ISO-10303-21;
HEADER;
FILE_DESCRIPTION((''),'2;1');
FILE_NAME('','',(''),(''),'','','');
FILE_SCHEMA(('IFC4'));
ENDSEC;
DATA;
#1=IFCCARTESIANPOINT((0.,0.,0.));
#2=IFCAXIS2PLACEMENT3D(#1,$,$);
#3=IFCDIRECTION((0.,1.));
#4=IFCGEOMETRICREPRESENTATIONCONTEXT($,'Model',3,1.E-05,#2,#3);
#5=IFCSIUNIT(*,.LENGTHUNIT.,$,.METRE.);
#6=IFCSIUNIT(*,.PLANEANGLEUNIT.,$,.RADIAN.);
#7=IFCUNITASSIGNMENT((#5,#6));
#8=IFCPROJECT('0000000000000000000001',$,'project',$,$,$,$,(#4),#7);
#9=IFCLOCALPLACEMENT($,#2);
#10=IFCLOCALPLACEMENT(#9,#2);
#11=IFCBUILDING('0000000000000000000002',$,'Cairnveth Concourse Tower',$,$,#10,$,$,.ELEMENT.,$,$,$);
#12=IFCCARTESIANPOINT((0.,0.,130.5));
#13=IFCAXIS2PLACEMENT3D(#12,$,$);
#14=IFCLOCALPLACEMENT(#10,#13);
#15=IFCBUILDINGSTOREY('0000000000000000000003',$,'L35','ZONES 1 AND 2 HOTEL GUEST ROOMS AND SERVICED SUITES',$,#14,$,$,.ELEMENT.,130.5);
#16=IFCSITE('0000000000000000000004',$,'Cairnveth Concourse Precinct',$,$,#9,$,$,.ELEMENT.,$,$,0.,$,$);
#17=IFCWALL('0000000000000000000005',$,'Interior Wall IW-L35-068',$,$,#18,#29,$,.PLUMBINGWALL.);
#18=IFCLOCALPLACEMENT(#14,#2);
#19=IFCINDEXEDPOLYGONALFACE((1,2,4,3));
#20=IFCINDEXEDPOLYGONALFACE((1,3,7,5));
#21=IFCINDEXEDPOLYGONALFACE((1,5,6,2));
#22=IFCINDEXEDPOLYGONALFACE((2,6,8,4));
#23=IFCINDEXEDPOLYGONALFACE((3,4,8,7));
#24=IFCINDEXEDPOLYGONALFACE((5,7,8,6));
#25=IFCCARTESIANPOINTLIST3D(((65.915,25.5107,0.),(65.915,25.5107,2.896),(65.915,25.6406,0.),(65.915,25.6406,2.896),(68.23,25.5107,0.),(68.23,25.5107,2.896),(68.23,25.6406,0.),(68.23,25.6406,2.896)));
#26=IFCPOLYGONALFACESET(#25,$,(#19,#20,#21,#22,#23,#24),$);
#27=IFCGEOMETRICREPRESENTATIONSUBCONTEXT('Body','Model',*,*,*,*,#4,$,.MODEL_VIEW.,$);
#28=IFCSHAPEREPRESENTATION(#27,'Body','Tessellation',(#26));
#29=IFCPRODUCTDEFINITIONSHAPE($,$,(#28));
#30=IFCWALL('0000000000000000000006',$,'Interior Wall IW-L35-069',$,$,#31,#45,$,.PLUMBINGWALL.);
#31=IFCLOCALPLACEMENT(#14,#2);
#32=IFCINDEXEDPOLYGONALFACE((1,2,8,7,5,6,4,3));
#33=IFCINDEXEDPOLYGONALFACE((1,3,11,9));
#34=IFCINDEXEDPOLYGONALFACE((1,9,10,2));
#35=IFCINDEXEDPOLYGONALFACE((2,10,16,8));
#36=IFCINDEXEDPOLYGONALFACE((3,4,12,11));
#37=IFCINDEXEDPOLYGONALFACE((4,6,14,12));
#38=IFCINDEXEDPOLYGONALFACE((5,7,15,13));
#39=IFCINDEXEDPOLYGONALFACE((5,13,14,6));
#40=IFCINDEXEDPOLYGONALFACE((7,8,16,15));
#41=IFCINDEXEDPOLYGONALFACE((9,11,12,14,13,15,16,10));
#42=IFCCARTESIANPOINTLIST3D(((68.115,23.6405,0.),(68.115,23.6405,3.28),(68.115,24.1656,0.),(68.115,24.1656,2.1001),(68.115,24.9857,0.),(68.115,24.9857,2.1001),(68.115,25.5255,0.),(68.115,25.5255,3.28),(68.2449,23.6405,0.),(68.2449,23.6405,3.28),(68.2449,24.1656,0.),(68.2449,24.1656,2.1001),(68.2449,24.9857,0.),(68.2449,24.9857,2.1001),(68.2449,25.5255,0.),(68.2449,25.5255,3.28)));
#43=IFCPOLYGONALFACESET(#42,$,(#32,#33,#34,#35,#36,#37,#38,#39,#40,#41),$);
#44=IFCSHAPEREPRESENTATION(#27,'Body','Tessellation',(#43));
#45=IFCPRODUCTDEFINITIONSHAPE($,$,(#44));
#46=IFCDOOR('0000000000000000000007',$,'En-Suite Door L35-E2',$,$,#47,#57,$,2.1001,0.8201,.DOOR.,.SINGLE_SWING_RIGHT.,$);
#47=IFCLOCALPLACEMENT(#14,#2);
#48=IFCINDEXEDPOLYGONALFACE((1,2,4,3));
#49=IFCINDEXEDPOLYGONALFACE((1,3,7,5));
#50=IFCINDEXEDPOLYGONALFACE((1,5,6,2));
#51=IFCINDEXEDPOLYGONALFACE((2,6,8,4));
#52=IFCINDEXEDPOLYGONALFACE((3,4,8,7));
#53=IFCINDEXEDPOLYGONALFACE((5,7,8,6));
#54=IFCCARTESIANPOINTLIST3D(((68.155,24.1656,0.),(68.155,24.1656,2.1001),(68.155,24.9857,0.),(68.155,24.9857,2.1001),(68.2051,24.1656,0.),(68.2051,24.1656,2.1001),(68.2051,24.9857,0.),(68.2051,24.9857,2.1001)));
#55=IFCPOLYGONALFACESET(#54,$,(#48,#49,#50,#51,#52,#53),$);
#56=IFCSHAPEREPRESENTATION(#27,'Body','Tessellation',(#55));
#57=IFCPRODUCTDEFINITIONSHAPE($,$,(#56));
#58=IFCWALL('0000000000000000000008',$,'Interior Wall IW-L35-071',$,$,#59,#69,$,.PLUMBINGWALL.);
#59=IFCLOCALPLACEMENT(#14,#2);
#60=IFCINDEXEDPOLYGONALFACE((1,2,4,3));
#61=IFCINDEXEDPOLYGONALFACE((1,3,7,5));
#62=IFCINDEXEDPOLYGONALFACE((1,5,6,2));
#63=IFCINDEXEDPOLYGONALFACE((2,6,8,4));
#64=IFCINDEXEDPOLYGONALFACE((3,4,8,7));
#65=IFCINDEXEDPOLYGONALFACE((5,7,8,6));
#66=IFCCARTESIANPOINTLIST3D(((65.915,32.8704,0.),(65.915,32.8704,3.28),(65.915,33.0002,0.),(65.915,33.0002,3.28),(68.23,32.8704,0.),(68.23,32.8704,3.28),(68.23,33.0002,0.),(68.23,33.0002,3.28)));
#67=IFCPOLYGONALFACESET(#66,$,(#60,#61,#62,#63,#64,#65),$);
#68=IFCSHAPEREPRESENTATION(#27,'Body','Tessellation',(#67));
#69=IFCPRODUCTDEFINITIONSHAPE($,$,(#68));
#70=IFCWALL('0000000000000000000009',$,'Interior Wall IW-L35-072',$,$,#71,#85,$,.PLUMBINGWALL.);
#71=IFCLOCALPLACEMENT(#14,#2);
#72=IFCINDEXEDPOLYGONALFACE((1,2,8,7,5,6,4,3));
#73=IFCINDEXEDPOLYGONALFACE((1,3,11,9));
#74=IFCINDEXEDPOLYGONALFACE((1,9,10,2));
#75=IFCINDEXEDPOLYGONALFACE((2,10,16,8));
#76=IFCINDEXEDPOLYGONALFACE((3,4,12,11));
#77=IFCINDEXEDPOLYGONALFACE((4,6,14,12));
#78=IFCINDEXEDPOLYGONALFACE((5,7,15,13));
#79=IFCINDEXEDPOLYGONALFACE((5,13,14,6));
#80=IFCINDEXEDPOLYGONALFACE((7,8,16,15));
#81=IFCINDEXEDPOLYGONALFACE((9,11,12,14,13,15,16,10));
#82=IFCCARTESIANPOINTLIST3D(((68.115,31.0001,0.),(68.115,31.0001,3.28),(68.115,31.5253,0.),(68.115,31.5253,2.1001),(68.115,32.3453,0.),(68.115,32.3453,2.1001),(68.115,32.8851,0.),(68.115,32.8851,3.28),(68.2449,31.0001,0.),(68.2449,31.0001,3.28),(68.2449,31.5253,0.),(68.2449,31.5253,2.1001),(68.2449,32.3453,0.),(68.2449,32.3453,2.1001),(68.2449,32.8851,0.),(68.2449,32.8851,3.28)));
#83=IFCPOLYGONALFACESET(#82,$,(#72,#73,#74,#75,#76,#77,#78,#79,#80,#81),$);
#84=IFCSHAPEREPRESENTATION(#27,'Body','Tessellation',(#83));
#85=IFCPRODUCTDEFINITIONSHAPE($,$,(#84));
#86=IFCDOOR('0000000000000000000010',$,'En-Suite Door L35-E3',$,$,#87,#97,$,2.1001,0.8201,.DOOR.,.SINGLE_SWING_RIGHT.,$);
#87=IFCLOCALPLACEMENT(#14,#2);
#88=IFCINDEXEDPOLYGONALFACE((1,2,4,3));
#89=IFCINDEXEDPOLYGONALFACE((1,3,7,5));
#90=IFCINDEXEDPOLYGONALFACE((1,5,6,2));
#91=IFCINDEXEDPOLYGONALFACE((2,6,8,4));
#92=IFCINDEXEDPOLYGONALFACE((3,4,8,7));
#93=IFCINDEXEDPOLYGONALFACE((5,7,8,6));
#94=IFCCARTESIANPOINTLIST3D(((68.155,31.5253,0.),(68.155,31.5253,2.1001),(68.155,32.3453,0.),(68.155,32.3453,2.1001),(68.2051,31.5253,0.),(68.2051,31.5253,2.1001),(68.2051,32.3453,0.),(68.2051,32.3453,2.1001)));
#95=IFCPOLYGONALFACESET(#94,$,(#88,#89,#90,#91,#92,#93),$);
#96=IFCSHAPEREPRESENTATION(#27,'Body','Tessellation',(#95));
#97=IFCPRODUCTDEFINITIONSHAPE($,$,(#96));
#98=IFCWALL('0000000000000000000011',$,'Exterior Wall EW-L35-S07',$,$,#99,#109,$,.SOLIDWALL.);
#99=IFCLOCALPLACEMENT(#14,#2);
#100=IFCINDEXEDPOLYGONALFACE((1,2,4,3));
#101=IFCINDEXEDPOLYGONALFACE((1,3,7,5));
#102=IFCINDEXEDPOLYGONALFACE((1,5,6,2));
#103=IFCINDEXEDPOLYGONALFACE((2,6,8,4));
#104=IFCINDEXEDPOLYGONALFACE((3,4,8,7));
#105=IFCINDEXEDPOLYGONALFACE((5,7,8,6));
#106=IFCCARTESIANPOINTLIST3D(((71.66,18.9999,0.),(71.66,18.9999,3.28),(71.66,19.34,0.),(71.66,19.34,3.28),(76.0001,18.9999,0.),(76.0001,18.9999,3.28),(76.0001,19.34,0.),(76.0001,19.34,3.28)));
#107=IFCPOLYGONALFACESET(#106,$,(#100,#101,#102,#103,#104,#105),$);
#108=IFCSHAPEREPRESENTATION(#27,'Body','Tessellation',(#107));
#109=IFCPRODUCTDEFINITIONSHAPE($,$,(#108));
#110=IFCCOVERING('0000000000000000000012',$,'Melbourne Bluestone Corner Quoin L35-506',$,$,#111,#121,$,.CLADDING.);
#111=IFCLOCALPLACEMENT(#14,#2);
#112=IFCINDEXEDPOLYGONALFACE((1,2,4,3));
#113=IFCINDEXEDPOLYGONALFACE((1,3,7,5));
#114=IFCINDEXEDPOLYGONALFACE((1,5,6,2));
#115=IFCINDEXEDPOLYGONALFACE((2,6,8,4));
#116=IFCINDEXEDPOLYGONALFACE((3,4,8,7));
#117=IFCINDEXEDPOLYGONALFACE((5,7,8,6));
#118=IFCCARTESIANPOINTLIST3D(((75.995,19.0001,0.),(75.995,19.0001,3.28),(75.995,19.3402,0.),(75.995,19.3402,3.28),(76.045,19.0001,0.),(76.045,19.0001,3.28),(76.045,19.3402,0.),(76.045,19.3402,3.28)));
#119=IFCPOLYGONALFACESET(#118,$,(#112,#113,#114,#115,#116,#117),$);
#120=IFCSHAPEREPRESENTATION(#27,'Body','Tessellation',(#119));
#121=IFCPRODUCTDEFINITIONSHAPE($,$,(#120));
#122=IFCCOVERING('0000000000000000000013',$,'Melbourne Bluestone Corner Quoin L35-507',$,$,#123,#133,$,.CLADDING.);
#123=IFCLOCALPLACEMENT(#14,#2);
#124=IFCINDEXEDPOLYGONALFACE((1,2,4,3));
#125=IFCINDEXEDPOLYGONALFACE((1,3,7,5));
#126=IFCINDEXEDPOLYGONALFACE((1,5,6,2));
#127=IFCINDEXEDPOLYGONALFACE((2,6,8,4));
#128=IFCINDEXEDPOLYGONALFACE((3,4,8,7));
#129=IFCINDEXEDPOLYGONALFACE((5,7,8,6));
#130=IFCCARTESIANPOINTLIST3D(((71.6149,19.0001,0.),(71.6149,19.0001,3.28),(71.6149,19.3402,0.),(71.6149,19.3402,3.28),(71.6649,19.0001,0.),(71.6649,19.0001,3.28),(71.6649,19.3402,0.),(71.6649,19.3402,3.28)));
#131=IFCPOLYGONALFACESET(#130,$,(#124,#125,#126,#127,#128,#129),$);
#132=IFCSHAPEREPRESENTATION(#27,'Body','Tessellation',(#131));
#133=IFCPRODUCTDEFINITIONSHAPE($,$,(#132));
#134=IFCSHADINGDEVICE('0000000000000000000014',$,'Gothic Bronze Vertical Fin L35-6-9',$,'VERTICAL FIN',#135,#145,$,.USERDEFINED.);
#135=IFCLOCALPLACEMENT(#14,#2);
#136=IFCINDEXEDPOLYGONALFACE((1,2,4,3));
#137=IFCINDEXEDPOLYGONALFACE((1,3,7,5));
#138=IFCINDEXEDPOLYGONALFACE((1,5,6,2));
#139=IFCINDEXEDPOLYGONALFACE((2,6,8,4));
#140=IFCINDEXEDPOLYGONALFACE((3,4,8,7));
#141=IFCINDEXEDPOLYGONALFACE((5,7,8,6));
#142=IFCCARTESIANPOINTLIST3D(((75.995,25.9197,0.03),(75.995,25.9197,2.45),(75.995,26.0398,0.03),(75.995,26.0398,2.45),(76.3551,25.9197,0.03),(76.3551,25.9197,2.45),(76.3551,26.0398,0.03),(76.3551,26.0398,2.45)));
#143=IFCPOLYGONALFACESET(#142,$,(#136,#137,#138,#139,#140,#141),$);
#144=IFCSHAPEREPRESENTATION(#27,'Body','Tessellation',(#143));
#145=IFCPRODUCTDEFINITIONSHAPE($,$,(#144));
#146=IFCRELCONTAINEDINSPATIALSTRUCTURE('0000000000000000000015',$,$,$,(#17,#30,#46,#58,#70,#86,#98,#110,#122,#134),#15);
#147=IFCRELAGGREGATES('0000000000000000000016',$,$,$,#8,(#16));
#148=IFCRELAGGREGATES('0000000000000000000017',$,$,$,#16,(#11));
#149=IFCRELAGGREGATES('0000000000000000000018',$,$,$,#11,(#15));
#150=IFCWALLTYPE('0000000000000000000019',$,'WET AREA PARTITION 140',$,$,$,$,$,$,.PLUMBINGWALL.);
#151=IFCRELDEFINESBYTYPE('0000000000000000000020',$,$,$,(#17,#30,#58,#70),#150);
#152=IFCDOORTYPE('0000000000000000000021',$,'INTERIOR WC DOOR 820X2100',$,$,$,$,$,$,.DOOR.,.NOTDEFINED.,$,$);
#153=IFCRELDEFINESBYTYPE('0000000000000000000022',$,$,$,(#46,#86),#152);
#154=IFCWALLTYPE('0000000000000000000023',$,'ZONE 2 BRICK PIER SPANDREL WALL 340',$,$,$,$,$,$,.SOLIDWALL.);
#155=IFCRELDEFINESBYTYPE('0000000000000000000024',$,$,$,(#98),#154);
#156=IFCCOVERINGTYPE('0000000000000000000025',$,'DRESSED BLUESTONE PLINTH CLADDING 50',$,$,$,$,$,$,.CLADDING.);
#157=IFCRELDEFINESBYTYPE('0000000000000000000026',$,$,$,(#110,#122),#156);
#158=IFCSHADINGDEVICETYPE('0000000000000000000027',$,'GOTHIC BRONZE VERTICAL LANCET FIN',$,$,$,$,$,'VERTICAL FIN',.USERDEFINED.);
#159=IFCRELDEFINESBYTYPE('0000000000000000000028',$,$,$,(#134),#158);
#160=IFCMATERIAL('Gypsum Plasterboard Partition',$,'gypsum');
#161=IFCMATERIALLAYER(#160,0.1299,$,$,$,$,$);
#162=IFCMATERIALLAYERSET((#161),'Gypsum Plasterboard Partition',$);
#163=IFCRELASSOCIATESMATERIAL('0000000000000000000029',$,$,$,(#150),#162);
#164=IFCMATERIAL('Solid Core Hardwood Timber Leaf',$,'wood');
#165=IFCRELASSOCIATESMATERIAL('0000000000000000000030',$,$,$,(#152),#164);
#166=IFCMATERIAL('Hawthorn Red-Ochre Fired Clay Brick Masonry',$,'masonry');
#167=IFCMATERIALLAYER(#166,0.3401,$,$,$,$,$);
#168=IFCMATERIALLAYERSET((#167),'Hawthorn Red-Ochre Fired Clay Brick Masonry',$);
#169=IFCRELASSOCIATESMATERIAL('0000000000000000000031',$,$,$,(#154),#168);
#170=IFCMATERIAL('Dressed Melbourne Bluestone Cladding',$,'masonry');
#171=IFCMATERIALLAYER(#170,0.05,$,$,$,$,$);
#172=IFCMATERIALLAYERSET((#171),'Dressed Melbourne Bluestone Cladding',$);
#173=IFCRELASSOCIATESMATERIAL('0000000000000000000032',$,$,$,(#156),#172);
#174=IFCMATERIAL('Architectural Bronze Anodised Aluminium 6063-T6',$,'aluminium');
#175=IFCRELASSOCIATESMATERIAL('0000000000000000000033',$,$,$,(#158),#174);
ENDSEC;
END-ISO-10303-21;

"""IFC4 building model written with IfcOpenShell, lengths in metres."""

from ifc_helpers import new_model, si_unit, direction, frame, frame_2d, origin, origin_2d, place, context, subcontext, project, spatial, rectangle, extrude, material, layer, layer_set, type_object, element, fill, save


model = new_model("IFC4")

# Units and contexts
model_context = context("Model", 3, precision=1e-05, world=origin(), true_north=direction((0.0, 1.0)))
body_context = subcontext(model_context, "Body", "Model", "MODEL_VIEW")
ifc_project = project(units=[si_unit("LENGTHUNIT", "METRE"), si_unit("PLANEANGLEUNIT", "RADIAN")], contexts=[model_context])

# Site, building, storey
site_placement = place(None, origin())
site = spatial("IfcSite", under=ifc_project, at=site_placement, Name="Cairnveth Concourse Precinct", CompositionType="ELEMENT", RefElevation=0.0)
building_placement = place(site_placement, origin())
building = spatial("IfcBuilding", under=site, at=building_placement, Name="Cairnveth Concourse Tower", CompositionType="ELEMENT")
storey_placement = place(building_placement, frame((0.0, 0.0, 130.5)))
storey = spatial("IfcBuildingStorey", under=building, at=storey_placement, Name="L35", Description="ZONES 1 AND 2 HOTEL GUEST ROOMS AND SERVICED SUITES", CompositionType="ELEMENT", Elevation=130.5)

# Wall
ifc_material_1 = material(Name="Gypsum Plasterboard Partition", Category="gypsum")
ifc_layer_1 = layer(ifc_material_1, 0.1299)
ifc_layer_set_1 = layer_set([ifc_layer_1], Name="Gypsum Plasterboard Partition")
wall_type_1 = type_object("IfcWallType", Name="WET AREA PARTITION 140", PredefinedType="PLUMBINGWALL", material=ifc_layer_set_1)
wall_1_placement = place(storey_placement, frame((65.915, 25.5757, 0.0), z_axis=(0.0, 0.0, 1.0), x_axis=(1.0, 0.0, 0.0)))
element("IfcWall", 1, at=wall_1_placement, inside=storey, type_object=wall_type_1, Name="Interior Wall IW-L35-068", PredefinedType="PLUMBINGWALL", context=body_context, shape_type="SweptSolid", body=[
    extrude(rectangle(XDim=2.3149, YDim=0.1299, at=frame_2d((1.1575, 0.0))), origin(), (0.0, 0.0, 1.0), 2.896),
])

# Wall, opening, door
wall_2_placement = place(storey_placement, frame((68.1799, 23.6406, 0.0), z_axis=(0.0, 0.0, 1.0), x_axis=(0.0, 1.0, 0.0)))
wall_2 = element("IfcWall", 2, at=wall_2_placement, inside=storey, type_object=wall_type_1, Name="Interior Wall IW-L35-069", PredefinedType="PLUMBINGWALL", context=body_context, shape_type="SweptSolid", body=[
    extrude(rectangle(XDim=1.885, YDim=0.1299, at=frame_2d((0.9424, 0.0))), origin(), (0.0, 0.0, 1.0), 3.28),
])
opening_1_placement = place(wall_2_placement, frame((0.5249, 0.0, 0.0)))
opening_1 = element("IfcOpeningElement", 3, at=opening_1_placement, cuts=wall_2, PredefinedType="OPENING", context=body_context, shape_type="SweptSolid", body=[
    extrude(rectangle(XDim=0.8201, YDim=2.1001, at=frame_2d((0.4102, 1.05))), frame((0.0, 0.075, 0.0), z_axis=(0.0, -1.0, 0.0), x_axis=(1.0, 0.0, 0.0)), (0.0, 0.0, 1.0), 0.1499),
])
ifc_material_2 = material(Name="Solid Core Hardwood Timber Leaf", Category="wood")
door_type = type_object("IfcDoorType", Name="INTERIOR WC DOOR 820X2100", OperationType="NOTDEFINED", PredefinedType="DOOR", material=ifc_material_2)
door_1_placement = place(opening_1_placement, origin())
door_1 = element("IfcDoor", 4, at=door_1_placement, inside=storey, type_object=door_type, Name="En-Suite Door L35-E2", OperationType="SINGLE_SWING_RIGHT", OverallHeight=2.1001, OverallWidth=0.8201, PredefinedType="DOOR", context=body_context, shape_type="SweptSolid", body=[
    extrude(rectangle(XDim=0.8201, YDim=2.1001, at=frame_2d((0.4102, 1.05))), frame((0.0, 0.0249, 0.0), z_axis=(0.0, -1.0, 0.0), x_axis=(1.0, 0.0, 0.0)), (0.0, 0.0, 1.0), 0.05),
])
fill(opening_1, door_1)

# Wall
wall_3_placement = place(storey_placement, frame((65.915, 32.9353, 0.0), z_axis=(0.0, 0.0, 1.0), x_axis=(1.0, 0.0, 0.0)))
element("IfcWall", 5, at=wall_3_placement, inside=storey, type_object=wall_type_1, Name="Interior Wall IW-L35-071", PredefinedType="PLUMBINGWALL", context=body_context, shape_type="SweptSolid", body=[
    extrude(rectangle(XDim=2.3149, YDim=0.1299, at=frame_2d((1.1575, 0.0))), origin(), (0.0, 0.0, 1.0), 3.28),
])

# Wall, opening, door
wall_4_placement = place(storey_placement, frame((68.1799, 31.0002, 0.0), z_axis=(0.0, 0.0, 1.0), x_axis=(0.0, 1.0, 0.0)))
wall_4 = element("IfcWall", 6, at=wall_4_placement, inside=storey, type_object=wall_type_1, Name="Interior Wall IW-L35-072", PredefinedType="PLUMBINGWALL", context=body_context, shape_type="SweptSolid", body=[
    extrude(rectangle(XDim=1.885, YDim=0.1299, at=frame_2d((0.9424, 0.0))), origin(), (0.0, 0.0, 1.0), 3.28),
])
opening_2_placement = place(wall_4_placement, frame((0.5249, 0.0, 0.0)))
opening_2 = element("IfcOpeningElement", 7, at=opening_2_placement, cuts=wall_4, PredefinedType="OPENING", context=body_context, shape_type="SweptSolid", body=[
    extrude(rectangle(XDim=0.8201, YDim=2.1001, at=frame_2d((0.4102, 1.05))), frame((0.0, 0.075, 0.0), z_axis=(0.0, -1.0, 0.0), x_axis=(1.0, 0.0, 0.0)), (0.0, 0.0, 1.0), 0.1499),
])
door_2_placement = place(opening_2_placement, origin())
door_2 = element("IfcDoor", 8, at=door_2_placement, inside=storey, type_object=door_type, Name="En-Suite Door L35-E3", OperationType="SINGLE_SWING_RIGHT", OverallHeight=2.1001, OverallWidth=0.8201, PredefinedType="DOOR", context=body_context, shape_type="SweptSolid", body=[
    extrude(rectangle(XDim=0.8201, YDim=2.1001, at=frame_2d((0.4102, 1.05))), frame((0.0, 0.0249, 0.0), z_axis=(0.0, -1.0, 0.0), x_axis=(1.0, 0.0, 0.0)), (0.0, 0.0, 1.0), 0.05),
])
fill(opening_2, door_2)

# Wall
ifc_material_3 = material(Name="Hawthorn Red-Ochre Fired Clay Brick Masonry", Category="masonry")
ifc_layer_2 = layer(ifc_material_3, 0.3401)
ifc_layer_set_2 = layer_set([ifc_layer_2], Name="Hawthorn Red-Ochre Fired Clay Brick Masonry")
wall_type_2 = type_object("IfcWallType", Name="ZONE 2 BRICK PIER SPANDREL WALL 340", PredefinedType="SOLIDWALL", material=ifc_layer_set_2)
wall_5_placement = place(storey_placement, frame((76.0, 19.1699, 0.0), z_axis=(0.0, 0.0, 1.0), x_axis=(-1.0, 0.0, 0.0)))
element("IfcWall", 9, at=wall_5_placement, inside=storey, type_object=wall_type_2, Name="Exterior Wall EW-L35-S07", PredefinedType="SOLIDWALL", context=body_context, shape_type="SweptSolid", body=[
    extrude(rectangle(XDim=4.3401, YDim=0.3401, at=frame_2d((2.1699, 0.0))), origin(), (0.0, 0.0, 1.0), 3.28),
])

# Coverings
ifc_material_4 = material(Name="Dressed Melbourne Bluestone Cladding", Category="masonry")
ifc_layer_3 = layer(ifc_material_4, 0.05)
ifc_layer_set_3 = layer_set([ifc_layer_3], Name="Dressed Melbourne Bluestone Cladding")
covering_type = type_object("IfcCoveringType", Name="DRESSED BLUESTONE PLINTH CLADDING 50", PredefinedType="CLADDING", material=ifc_layer_set_3)
for number, where, z_axis, x_axis, name in (
    (10, (76.02, 19.3401, 0.0), (0.0, 0.0, 1.0), (0.0, -1.0, 0.0), "Melbourne Bluestone Corner Quoin L35-506"),
    (11, (71.6399, 19.3401, 0.0), (0.0, 0.0, 1.0), (0.0, -1.0, 0.0), "Melbourne Bluestone Corner Quoin L35-507"),
):
    element("IfcCovering", number, at=place(storey_placement, frame(where, z_axis=z_axis, x_axis=x_axis)), inside=storey, type_object=covering_type, Name=name, PredefinedType="CLADDING", context=body_context, shape_type="SweptSolid", body=[
        extrude(rectangle(XDim=0.3401, YDim=0.05, at=frame_2d((0.1699, 0.0))), origin(), (0.0, 0.0, 1.0), 3.28),
    ])

# Shading device
ifc_material_5 = material(Name="Architectural Bronze Anodised Aluminium 6063-T6", Category="aluminium")
shading_device_type = type_object("IfcShadingDeviceType", Name="GOTHIC BRONZE VERTICAL LANCET FIN", ElementType="VERTICAL FIN", PredefinedType="USERDEFINED", material=ifc_material_5)
shading_device_placement = place(storey_placement, frame((76.175, 25.9797, 0.03), z_axis=(0.0, 0.0, 1.0), x_axis=(0.0, 1.0, 0.0)))
element("IfcShadingDevice", 12, at=shading_device_placement, inside=storey, type_object=shading_device_type, Name="Gothic Bronze Vertical Fin L35-6-9", ObjectType="VERTICAL FIN", PredefinedType="USERDEFINED", context=body_context, shape_type="SweptSolid", body=[
    extrude(rectangle(XDim=0.1201, YDim=0.3601, at=origin_2d()), origin(), (0.0, 0.0, 1.0), 2.4199),
])

save(model, "model.ifc")
